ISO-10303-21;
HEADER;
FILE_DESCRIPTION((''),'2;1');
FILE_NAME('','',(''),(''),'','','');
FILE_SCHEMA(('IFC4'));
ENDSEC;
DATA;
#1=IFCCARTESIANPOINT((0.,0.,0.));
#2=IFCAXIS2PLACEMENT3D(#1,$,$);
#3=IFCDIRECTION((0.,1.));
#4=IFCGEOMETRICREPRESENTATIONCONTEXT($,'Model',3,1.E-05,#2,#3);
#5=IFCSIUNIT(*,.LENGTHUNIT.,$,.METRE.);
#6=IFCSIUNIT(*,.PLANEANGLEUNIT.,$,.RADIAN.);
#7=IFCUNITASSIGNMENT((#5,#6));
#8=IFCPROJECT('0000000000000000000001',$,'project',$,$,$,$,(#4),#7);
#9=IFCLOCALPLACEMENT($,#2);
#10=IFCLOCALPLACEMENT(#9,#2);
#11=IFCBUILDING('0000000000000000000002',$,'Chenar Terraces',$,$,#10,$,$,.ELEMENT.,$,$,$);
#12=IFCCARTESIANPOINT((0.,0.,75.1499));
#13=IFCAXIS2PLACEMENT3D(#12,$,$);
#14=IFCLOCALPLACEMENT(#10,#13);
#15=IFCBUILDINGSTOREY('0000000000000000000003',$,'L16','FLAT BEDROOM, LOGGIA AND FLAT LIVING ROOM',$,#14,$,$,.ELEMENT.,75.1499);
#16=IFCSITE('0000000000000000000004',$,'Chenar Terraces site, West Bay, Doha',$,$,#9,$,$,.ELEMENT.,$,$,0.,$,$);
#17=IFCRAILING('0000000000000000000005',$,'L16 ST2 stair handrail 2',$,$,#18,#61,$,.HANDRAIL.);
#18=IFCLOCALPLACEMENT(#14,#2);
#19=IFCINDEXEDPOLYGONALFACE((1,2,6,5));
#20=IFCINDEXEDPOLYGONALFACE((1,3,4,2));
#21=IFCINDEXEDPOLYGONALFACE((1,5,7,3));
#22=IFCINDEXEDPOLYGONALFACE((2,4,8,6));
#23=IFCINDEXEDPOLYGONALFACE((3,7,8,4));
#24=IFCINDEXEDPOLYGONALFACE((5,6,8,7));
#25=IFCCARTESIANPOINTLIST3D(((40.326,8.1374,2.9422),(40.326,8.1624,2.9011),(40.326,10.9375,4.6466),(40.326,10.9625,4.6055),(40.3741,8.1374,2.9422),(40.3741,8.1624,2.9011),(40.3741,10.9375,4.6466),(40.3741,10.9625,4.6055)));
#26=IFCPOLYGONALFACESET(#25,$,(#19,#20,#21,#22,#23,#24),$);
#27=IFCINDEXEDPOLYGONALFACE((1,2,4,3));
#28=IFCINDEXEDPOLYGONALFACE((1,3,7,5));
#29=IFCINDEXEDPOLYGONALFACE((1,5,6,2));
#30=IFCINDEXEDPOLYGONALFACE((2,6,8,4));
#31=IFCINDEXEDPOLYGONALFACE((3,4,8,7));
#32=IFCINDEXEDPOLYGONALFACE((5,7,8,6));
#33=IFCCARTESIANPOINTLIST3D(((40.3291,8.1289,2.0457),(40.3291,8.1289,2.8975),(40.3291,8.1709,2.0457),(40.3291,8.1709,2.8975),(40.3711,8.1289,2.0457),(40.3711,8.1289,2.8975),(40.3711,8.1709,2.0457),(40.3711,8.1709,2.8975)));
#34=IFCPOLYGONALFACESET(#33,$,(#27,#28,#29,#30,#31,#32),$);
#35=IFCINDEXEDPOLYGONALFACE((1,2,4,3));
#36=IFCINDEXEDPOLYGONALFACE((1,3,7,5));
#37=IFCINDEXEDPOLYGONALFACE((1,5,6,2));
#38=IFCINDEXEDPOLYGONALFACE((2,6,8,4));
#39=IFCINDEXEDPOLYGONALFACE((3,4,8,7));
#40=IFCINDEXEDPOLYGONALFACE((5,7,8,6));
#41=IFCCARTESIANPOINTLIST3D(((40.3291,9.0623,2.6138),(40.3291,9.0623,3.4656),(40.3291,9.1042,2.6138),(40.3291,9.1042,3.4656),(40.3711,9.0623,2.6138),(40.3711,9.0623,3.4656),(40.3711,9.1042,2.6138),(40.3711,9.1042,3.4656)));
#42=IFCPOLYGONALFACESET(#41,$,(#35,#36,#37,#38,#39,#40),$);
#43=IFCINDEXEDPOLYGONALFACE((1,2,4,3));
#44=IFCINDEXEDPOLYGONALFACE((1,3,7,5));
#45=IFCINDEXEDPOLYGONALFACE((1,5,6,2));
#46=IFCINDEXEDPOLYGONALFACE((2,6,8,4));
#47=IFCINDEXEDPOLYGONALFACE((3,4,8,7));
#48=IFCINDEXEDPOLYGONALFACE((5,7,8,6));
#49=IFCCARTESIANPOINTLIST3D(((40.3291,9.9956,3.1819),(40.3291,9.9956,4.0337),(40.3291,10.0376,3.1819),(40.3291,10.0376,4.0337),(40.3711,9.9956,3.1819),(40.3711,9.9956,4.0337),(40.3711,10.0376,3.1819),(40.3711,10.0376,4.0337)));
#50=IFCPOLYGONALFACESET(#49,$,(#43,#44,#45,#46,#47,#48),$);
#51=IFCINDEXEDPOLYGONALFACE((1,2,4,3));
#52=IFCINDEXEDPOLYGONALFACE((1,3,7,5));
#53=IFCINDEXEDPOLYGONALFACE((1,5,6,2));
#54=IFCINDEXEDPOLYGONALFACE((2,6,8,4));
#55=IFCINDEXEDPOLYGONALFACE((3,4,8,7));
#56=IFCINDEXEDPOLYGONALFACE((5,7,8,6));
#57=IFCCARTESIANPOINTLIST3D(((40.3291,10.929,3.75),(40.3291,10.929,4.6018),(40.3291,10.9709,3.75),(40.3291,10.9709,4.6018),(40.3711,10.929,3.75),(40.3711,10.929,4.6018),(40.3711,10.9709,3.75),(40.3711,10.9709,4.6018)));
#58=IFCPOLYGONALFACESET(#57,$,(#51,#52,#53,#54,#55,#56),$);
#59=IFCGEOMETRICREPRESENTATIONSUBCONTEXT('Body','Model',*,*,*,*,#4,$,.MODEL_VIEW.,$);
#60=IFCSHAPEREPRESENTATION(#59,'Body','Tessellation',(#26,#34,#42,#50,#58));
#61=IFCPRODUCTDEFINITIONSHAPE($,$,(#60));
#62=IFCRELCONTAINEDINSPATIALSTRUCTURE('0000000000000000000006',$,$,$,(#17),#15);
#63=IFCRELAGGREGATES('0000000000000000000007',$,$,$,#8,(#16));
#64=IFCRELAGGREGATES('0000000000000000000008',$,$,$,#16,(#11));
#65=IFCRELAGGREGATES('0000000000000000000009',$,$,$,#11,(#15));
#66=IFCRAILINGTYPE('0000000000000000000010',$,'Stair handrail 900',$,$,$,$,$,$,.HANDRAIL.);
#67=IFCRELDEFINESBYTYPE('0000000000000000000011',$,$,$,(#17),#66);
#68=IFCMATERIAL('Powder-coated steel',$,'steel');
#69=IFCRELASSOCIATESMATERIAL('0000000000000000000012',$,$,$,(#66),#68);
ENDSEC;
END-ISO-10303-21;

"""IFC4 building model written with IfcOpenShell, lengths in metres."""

from ifc_helpers import new_model, si_unit, direction, frame, origin, origin_2d, place, context, subcontext, project, spatial, rectangle, extrude, material, type_object, element, save


model = new_model("IFC4")

# Units and contexts
model_context = context("Model", 3, precision=1e-05, world=origin(), true_north=direction((0.0, 1.0)))
body_context = subcontext(model_context, "Body", "Model", "MODEL_VIEW")
ifc_project = project(units=[si_unit("LENGTHUNIT", "METRE"), si_unit("PLANEANGLEUNIT", "RADIAN")], contexts=[model_context])

# Site, building, storey
site_placement = place(None, origin())
site = spatial("IfcSite", under=ifc_project, at=site_placement, Name="Chenar Terraces site, West Bay, Doha", CompositionType="ELEMENT", RefElevation=0.0)
building_placement = place(site_placement, origin())
building = spatial("IfcBuilding", under=site, at=building_placement, Name="Chenar Terraces", CompositionType="ELEMENT")
storey_placement = place(building_placement, frame((0.0, 0.0, 75.1499)))
storey = spatial("IfcBuildingStorey", under=building, at=storey_placement, Name="L16", Description="FLAT BEDROOM, LOGGIA AND FLAT LIVING ROOM", CompositionType="ELEMENT", Elevation=75.1499)

# Railing
ifc_material_1 = material(Name="Powder-coated steel", Category="steel")
railing_type_1 = type_object("IfcRailingType", Name="Stair handrail 900", PredefinedType="HANDRAIL", material=ifc_material_1)
railing_1_placement = place(storey_placement, frame((40.3501, 8.1499, 2.0457)))
element("IfcRailing", 1, at=railing_1_placement, inside=storey, type_object=railing_type_1, Name="L16 ST2 stair handrail 2", PredefinedType="HANDRAIL", context=body_context, shape_type="SweptSolid", body=[
    extrude(rectangle(XDim=0.0481, YDim=0.0481, at=origin_2d()), frame((0.0, 0.0, 0.876), z_axis=(0.0, 0.854203, 0.51994), x_axis=(-1.0, 0.0, 0.0)), (0.0, 0.0, 1.0), 3.2781),
    extrude(rectangle(XDim=0.042, YDim=0.042, at=origin_2d()), origin(), (0.0, 0.0, 1.0), 0.8518),
    extrude(rectangle(XDim=0.042, YDim=0.042, at=origin_2d()), frame((0.0, 0.9333, 0.5681)), (0.0, 0.0, 1.0), 0.8518),
    extrude(rectangle(XDim=0.042, YDim=0.042, at=origin_2d()), frame((0.0, 1.8667, 1.1362)), (0.0, 0.0, 1.0), 0.8518),
    extrude(rectangle(XDim=0.042, YDim=0.042, at=origin_2d()), frame((0.0, 2.8, 1.7043)), (0.0, 0.0, 1.0), 0.8518),
])

save(model, "model.ifc")
